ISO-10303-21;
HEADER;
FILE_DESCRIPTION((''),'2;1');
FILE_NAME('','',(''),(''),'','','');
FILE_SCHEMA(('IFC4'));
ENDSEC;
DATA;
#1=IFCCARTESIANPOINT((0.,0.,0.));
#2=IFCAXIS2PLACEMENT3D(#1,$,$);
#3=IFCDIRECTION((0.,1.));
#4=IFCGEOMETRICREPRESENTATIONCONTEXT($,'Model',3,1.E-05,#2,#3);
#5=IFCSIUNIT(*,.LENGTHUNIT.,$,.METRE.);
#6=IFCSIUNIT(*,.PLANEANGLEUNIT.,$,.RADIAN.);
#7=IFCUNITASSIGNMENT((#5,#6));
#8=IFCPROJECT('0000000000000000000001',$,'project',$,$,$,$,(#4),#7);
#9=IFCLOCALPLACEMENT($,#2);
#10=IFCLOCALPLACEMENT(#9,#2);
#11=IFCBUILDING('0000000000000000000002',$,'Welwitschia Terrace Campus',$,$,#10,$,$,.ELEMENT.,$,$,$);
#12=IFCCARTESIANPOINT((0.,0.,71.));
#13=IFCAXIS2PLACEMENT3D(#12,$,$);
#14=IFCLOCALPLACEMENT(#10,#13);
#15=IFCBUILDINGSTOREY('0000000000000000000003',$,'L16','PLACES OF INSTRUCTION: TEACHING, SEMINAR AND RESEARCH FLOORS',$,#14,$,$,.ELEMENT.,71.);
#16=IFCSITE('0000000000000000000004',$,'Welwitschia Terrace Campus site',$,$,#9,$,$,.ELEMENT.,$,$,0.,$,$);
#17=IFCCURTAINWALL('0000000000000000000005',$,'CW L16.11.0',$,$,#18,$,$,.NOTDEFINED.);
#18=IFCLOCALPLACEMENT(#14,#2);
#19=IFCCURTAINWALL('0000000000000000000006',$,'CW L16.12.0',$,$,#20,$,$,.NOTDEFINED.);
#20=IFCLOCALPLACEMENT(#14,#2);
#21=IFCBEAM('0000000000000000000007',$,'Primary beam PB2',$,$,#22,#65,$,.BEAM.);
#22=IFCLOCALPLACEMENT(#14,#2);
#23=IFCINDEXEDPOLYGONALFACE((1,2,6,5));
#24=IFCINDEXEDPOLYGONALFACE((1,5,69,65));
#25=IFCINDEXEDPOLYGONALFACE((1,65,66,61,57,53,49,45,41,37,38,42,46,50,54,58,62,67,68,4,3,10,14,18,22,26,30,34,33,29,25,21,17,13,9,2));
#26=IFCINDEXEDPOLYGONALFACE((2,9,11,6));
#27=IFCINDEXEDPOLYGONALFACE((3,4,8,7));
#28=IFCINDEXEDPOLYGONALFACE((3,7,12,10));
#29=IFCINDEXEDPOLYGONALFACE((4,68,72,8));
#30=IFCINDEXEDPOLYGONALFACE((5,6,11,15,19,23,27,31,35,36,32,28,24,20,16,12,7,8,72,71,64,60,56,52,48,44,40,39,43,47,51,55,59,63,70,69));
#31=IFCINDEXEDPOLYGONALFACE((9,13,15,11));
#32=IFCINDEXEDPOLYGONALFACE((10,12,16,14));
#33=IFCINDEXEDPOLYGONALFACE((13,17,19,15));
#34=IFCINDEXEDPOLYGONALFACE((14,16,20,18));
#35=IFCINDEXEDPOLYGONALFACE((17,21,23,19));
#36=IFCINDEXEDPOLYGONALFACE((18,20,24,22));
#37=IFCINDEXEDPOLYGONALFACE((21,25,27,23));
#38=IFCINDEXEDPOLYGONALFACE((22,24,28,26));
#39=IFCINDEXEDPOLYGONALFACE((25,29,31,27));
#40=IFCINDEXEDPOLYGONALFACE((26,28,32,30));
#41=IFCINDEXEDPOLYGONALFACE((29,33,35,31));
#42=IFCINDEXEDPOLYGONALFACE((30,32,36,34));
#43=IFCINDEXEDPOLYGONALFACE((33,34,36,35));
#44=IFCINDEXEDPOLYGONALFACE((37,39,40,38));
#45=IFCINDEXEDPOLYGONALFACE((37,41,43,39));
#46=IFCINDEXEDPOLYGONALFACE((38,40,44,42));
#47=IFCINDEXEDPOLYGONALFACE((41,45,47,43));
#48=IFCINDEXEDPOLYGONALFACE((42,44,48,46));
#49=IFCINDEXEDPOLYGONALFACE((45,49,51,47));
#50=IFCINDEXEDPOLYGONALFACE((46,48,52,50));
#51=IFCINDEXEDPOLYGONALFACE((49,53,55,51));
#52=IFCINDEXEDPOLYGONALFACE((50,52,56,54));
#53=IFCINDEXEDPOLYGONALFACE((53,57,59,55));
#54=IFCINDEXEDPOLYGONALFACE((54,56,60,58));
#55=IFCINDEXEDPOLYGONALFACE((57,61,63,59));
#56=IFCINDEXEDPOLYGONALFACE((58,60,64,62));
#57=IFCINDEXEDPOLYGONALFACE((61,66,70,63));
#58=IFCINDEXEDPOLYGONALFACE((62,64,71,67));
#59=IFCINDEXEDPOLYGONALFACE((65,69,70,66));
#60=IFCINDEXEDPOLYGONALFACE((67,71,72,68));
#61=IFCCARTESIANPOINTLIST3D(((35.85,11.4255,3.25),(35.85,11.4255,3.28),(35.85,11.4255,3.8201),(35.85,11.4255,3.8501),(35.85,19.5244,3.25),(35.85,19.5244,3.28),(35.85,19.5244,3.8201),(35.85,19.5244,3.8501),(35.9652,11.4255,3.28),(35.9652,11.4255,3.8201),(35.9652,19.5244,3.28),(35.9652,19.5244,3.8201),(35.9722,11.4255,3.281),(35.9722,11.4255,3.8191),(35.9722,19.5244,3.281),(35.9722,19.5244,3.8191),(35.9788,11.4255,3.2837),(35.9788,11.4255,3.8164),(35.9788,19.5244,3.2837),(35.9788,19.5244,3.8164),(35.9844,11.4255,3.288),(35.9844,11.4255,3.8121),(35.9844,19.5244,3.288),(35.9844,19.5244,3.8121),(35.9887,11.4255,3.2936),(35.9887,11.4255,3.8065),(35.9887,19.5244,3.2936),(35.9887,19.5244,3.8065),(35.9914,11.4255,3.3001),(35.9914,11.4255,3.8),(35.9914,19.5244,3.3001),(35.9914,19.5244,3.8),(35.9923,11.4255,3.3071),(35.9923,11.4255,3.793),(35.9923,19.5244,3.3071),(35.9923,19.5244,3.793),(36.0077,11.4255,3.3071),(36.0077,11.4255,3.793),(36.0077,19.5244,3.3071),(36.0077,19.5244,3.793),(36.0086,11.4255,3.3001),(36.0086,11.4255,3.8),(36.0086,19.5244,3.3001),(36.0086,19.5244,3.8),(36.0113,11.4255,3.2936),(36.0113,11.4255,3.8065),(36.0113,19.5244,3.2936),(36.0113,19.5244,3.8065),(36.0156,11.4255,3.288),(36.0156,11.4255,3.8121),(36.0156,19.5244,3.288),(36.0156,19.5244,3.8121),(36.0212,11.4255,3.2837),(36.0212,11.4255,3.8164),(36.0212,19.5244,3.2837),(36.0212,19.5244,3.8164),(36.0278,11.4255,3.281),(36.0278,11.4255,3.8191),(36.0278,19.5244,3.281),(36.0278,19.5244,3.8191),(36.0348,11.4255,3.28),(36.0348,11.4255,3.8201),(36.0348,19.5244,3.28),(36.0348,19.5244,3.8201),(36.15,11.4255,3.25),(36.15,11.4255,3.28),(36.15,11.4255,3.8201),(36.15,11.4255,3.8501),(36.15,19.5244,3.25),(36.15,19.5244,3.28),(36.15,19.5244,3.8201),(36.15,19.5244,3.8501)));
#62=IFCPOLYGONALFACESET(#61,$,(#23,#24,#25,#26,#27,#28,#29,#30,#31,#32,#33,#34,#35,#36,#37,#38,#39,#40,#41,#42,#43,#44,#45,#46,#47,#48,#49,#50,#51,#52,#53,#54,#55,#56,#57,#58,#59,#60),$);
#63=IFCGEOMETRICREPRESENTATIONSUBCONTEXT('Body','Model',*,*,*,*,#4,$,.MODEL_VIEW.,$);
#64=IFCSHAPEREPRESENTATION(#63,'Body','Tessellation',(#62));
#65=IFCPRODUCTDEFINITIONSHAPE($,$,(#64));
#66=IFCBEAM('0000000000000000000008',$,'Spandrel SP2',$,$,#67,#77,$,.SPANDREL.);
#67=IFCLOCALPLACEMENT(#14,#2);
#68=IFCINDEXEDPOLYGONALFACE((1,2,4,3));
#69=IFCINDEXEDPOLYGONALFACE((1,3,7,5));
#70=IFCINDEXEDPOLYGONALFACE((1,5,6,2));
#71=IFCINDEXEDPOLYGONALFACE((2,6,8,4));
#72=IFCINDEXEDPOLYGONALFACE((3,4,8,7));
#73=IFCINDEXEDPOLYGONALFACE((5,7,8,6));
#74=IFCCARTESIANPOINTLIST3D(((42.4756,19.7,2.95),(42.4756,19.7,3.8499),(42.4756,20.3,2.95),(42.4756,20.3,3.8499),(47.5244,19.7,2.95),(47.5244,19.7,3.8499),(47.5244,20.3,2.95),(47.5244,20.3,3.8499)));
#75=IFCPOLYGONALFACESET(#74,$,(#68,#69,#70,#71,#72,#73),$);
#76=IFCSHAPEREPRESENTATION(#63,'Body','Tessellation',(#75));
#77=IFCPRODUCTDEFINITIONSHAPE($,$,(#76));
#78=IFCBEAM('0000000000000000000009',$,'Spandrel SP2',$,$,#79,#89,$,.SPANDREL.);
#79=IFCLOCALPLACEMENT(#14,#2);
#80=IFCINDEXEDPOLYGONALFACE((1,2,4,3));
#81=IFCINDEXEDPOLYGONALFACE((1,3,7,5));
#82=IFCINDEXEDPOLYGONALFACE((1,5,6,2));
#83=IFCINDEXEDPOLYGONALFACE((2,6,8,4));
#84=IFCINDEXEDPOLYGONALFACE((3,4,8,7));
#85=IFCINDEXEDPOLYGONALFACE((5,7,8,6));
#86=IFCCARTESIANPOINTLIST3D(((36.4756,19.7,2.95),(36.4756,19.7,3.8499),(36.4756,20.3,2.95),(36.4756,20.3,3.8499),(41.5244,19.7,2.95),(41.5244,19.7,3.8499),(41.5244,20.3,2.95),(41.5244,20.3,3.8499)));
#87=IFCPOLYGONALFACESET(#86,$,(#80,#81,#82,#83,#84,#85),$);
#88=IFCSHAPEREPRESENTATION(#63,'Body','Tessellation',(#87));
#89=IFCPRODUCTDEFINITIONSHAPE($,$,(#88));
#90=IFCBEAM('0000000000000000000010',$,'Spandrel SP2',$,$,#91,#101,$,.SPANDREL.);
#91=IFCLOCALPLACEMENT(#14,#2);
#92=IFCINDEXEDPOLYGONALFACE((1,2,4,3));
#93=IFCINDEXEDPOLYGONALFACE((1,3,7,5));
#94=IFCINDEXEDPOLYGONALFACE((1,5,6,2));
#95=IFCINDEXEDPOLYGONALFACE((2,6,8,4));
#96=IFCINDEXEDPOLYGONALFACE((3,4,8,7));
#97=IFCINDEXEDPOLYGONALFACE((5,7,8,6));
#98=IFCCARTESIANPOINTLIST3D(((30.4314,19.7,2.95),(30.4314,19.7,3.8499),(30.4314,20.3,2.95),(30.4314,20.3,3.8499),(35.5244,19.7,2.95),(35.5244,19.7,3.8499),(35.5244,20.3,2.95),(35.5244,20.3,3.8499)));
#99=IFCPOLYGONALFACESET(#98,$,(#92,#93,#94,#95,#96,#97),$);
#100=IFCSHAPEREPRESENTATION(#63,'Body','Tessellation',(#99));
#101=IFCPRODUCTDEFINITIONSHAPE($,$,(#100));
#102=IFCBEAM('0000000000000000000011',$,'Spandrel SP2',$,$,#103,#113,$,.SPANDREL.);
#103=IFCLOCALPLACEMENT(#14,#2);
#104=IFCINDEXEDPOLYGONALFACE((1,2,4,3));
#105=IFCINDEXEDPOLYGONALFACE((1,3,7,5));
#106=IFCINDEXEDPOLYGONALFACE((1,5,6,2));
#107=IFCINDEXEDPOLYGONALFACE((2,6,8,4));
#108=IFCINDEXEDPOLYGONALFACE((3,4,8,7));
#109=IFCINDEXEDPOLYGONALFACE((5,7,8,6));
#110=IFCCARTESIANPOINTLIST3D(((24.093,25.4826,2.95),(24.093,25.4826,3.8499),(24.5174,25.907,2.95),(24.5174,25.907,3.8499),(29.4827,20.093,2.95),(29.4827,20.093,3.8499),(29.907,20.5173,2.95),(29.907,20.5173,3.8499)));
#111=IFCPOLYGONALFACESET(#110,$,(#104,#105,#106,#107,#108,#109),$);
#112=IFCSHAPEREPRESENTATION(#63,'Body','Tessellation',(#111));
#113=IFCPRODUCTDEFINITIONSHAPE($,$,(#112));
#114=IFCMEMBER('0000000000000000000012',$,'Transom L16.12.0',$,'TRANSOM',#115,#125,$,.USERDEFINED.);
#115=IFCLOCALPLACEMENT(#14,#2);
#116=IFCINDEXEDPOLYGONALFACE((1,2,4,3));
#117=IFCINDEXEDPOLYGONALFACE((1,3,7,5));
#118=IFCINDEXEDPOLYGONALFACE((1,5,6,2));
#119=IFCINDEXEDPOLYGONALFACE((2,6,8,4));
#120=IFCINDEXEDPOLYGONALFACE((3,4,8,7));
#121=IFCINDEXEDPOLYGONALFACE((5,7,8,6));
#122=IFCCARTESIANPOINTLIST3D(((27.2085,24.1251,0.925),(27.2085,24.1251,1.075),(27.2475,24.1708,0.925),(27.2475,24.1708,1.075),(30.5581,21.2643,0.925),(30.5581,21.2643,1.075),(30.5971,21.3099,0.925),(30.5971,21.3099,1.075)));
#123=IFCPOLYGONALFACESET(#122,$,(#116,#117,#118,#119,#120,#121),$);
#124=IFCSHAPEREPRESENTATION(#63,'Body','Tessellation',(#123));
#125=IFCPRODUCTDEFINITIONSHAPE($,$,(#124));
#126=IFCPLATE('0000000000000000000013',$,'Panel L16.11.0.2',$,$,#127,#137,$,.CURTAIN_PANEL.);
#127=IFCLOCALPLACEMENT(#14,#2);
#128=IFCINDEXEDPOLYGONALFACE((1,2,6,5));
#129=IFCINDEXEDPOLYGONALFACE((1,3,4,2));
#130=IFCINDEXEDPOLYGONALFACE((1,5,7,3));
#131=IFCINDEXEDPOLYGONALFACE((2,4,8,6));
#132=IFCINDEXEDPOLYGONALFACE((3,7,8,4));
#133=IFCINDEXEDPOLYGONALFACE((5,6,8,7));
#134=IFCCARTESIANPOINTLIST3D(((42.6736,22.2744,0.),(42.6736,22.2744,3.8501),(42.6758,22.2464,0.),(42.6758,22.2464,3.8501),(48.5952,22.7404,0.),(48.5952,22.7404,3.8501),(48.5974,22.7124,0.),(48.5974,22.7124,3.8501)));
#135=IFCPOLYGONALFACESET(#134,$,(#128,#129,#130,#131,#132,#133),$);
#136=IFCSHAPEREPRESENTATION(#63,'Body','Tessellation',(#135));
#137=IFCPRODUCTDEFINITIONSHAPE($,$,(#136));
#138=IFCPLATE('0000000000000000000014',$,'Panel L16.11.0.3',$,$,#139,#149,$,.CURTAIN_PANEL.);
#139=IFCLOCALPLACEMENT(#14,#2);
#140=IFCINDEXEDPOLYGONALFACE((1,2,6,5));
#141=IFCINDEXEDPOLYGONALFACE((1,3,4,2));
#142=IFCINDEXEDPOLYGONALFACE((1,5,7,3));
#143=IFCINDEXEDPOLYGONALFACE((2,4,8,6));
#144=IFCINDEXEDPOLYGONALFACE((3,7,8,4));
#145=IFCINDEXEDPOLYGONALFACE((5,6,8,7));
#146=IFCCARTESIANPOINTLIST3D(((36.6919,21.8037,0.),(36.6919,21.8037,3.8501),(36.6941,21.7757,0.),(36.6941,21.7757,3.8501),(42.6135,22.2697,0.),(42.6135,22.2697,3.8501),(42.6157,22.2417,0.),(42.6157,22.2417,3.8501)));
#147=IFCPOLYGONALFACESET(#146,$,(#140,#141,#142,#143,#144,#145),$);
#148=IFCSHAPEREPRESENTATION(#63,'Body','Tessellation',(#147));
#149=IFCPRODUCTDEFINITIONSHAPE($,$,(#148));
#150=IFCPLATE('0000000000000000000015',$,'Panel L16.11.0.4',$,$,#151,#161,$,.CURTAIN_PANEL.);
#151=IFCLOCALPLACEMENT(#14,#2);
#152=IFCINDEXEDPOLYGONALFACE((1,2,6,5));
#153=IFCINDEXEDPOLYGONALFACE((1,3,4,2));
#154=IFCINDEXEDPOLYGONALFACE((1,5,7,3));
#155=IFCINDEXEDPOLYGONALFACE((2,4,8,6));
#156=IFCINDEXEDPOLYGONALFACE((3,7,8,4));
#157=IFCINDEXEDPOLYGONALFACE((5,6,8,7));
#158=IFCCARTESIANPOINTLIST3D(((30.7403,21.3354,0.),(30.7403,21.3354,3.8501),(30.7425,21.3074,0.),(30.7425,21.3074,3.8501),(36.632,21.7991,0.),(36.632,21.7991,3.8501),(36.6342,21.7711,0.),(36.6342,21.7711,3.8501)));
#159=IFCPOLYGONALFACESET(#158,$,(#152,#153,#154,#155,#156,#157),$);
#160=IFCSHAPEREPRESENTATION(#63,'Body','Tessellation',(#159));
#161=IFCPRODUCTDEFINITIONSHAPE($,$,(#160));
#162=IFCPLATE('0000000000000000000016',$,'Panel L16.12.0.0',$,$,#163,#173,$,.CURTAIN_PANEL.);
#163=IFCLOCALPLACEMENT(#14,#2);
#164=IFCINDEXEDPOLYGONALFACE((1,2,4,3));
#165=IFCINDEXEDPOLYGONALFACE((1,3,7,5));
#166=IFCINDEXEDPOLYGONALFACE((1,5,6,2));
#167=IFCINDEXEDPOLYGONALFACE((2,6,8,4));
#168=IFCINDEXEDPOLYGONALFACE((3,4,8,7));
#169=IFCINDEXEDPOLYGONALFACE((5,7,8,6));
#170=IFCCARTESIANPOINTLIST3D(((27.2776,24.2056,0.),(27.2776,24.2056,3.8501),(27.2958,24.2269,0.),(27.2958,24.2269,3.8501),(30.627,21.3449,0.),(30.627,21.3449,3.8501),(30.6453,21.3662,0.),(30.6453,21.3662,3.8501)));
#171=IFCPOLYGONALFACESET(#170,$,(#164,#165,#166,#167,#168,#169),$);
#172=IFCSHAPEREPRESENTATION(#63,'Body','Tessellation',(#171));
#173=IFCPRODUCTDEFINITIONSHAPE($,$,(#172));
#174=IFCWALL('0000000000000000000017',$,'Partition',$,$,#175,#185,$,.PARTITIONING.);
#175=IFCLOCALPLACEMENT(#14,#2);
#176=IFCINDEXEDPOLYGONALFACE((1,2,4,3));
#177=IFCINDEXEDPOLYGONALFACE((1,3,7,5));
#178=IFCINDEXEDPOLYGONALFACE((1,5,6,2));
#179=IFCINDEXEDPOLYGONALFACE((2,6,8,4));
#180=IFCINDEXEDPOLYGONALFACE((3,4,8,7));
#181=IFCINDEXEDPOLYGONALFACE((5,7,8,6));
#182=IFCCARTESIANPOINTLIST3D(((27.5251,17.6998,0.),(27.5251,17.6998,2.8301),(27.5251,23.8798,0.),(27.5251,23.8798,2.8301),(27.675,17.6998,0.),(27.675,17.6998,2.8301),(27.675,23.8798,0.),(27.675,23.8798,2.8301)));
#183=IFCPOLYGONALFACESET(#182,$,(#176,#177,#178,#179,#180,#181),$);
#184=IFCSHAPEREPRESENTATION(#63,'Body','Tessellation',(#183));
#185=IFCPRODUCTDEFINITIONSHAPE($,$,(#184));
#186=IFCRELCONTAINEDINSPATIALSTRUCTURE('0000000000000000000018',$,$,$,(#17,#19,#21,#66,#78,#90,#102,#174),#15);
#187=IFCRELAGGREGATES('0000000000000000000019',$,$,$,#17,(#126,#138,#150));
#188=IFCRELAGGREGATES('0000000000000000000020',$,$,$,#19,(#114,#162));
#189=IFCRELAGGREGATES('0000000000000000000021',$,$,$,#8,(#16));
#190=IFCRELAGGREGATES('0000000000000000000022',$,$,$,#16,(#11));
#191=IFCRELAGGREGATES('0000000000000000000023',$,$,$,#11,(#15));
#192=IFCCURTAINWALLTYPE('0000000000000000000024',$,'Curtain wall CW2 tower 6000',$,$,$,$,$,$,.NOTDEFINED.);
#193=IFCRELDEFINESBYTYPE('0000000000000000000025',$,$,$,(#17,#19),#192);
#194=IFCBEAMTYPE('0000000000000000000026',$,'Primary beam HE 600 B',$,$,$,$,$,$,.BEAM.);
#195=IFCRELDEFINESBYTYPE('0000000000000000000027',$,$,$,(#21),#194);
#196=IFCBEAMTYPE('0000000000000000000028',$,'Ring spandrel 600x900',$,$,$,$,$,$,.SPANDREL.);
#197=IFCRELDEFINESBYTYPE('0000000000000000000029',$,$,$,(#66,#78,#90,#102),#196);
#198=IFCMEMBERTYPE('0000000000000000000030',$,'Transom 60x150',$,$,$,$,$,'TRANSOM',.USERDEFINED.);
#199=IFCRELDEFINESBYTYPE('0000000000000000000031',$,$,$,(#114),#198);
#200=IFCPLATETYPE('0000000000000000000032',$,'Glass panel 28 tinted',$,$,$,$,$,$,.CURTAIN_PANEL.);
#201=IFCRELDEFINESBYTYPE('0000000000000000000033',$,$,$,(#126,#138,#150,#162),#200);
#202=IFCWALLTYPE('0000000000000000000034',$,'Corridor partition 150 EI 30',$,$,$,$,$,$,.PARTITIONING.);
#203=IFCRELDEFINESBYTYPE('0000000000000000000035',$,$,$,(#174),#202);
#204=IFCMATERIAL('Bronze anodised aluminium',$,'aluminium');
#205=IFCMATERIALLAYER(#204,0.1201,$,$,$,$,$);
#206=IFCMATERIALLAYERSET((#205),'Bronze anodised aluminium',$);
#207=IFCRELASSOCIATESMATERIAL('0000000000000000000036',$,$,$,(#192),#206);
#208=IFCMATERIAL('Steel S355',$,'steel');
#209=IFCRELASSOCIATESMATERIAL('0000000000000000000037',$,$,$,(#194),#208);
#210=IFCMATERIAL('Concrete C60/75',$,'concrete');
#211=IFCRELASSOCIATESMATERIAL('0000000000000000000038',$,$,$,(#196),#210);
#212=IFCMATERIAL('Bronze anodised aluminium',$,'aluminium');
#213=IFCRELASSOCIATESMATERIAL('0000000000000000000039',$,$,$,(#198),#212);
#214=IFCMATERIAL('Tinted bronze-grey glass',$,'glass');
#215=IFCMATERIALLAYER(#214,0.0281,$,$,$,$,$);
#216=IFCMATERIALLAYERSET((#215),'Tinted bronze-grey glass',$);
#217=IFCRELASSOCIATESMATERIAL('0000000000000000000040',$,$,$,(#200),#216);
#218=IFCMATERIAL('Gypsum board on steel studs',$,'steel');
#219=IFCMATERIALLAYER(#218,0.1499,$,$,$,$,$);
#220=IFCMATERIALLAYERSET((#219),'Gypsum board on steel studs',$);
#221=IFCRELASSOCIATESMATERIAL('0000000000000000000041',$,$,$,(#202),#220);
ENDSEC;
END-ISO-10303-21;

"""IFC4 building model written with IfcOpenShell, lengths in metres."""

from ifc_helpers import new_model, si_unit, direction, frame, frame_2d, origin, origin_2d, place, context, subcontext, project, spatial, rectangle, i_section, extrude, material, layer, layer_set, material_profile, profile_set, type_object, element, aggregate, save


model = new_model("IFC4")

# Units and contexts
model_context = context("Model", 3, precision=1e-05, world=origin(), true_north=direction((0.0, 1.0)))
body_context = subcontext(model_context, "Body", "Model", "MODEL_VIEW")
ifc_project = project(units=[si_unit("LENGTHUNIT", "METRE"), si_unit("PLANEANGLEUNIT", "RADIAN")], contexts=[model_context])

# Site, building, storey
site_placement = place(None, origin())
site = spatial("IfcSite", under=ifc_project, at=site_placement, Name="Welwitschia Terrace Campus site", CompositionType="ELEMENT", RefElevation=0.0)
building_placement = place(site_placement, origin())
building = spatial("IfcBuilding", under=site, at=building_placement, Name="Welwitschia Terrace Campus", CompositionType="ELEMENT")
storey_placement = place(building_placement, frame((0.0, 0.0, 71.0)))
storey = spatial("IfcBuildingStorey", under=building, at=storey_placement, Name="L16", Description="PLACES OF INSTRUCTION: TEACHING, SEMINAR AND RESEARCH FLOORS", CompositionType="ELEMENT", Elevation=71.0)

# Curtain walls
ifc_material_1 = material(Name="Bronze anodised aluminium", Category="aluminium")
ifc_layer_1 = layer(ifc_material_1, 0.1201)
ifc_layer_set_1 = layer_set([ifc_layer_1], Name="Bronze anodised aluminium")
curtain_wall_type = type_object("IfcCurtainWallType", Name="Curtain wall CW2 tower 6000", PredefinedType="NOTDEFINED", material=ifc_layer_set_1)
curtain_wall_1_placement = place(storey_placement, origin())
curtain_wall_1 = element("IfcCurtainWall", 1, at=curtain_wall_1_placement, inside=storey, type_object=curtain_wall_type, Name="CW L16.11.0", PredefinedType="NOTDEFINED")
curtain_wall_2_placement = place(storey_placement, origin())
curtain_wall_2 = element("IfcCurtainWall", 2, at=curtain_wall_2_placement, inside=storey, type_object=curtain_wall_type, Name="CW L16.12.0", PredefinedType="NOTDEFINED")

# Beams
ifc_material_2 = material(Name="Steel S355", Category="steel")
ifc_material_profile_1 = material_profile(ifc_material_2, i_section(OverallWidth=0.3, OverallDepth=0.6001, WebThickness=0.0154, FlangeThickness=0.03, FilletRadius=0.0271, at=origin_2d()))
ifc_profile_set_1 = profile_set([ifc_material_profile_1], Name="Steel S355")
beam_type_1 = type_object("IfcBeamType", Name="Primary beam HE 600 B", PredefinedType="BEAM", material=ifc_profile_set_1)
for number, where, z_axis, x_axis, name in (
    (3, (36.0, 19.5244, 3.55), (0.0, -1.0, 0.0), (1.0, 0.0, 0.0), "Primary beam PB2"),
):
    element("IfcBeam", number, at=place(storey_placement, frame(where, z_axis=z_axis, x_axis=x_axis)), inside=storey, type_object=beam_type_1, Name=name, PredefinedType="BEAM", context=body_context, shape_type="SweptSolid", body=[
        extrude(i_section(OverallWidth=0.3, OverallDepth=0.6001, WebThickness=0.0154, FlangeThickness=0.03, FilletRadius=0.0271, at=origin_2d()), origin(), (0.0, 0.0, 1.0), 8.0989),
    ])
ifc_material_3 = material(Name="Concrete C60/75", Category="concrete")
ifc_material_profile_2 = material_profile(ifc_material_3, rectangle(XDim=0.6001, YDim=0.8999, at=origin_2d()))
ifc_profile_set_2 = profile_set([ifc_material_profile_2], Name="Concrete C60/75")
beam_type_2 = type_object("IfcBeamType", Name="Ring spandrel 600x900", PredefinedType="SPANDREL", material=ifc_profile_set_2)
for number, where, z_axis, x_axis, name in (
    (4, (47.5244, 20.0, 3.3999), (-1.0, 0.0, 0.0), (0.0, -1.0, 0.0), "Spandrel SP2"),
    (5, (41.5244, 20.0, 3.3999), (-1.0, 0.0, 0.0), (0.0, -1.0, 0.0), "Spandrel SP2"),
):
    element("IfcBeam", number, at=place(storey_placement, frame(where, z_axis=z_axis, x_axis=x_axis)), inside=storey, type_object=beam_type_2, Name=name, PredefinedType="SPANDREL", context=body_context, shape_type="SweptSolid", body=[
        extrude(rectangle(XDim=0.6001, YDim=0.8999, at=origin_2d()), origin(), (0.0, 0.0, 1.0), 5.0488),
    ])
beam_1_placement = place(storey_placement, frame((35.5244, 20.0, 3.3999), z_axis=(-1.0, 0.0, 0.0), x_axis=(0.0, -1.0, 0.0)))
element("IfcBeam", 6, at=beam_1_placement, inside=storey, type_object=beam_type_2, Name="Spandrel SP2", PredefinedType="SPANDREL", context=body_context, shape_type="SweptSolid", body=[
    extrude(rectangle(XDim=0.6001, YDim=0.8999, at=origin_2d()), origin(), (0.0, 0.0, 1.0), 5.093),
])
beam_2_placement = place(storey_placement, frame((29.6948, 20.3052, 3.3999), z_axis=(-0.707107, 0.707107, 0.0), x_axis=(-0.707107, -0.707107, 0.0)))
element("IfcBeam", 7, at=beam_2_placement, inside=storey, type_object=beam_type_2, Name="Spandrel SP2", PredefinedType="SPANDREL", context=body_context, shape_type="SweptSolid", body=[
    extrude(rectangle(XDim=0.6001, YDim=0.8999, at=origin_2d()), origin(), (0.0, 0.0, 1.0), 7.6221),
])

# Member
ifc_material_4 = material(Name="Bronze anodised aluminium", Category="aluminium")
ifc_material_profile_3 = material_profile(ifc_material_4, rectangle(XDim=0.0601, YDim=0.1499, at=origin_2d()))
ifc_profile_set_3 = profile_set([ifc_material_profile_3], Name="Bronze anodised aluminium")
member_type_1 = type_object("IfcMemberType", Name="Transom 60x150", ElementType="TRANSOM", PredefinedType="USERDEFINED", material=ifc_profile_set_3)
member_1_placement = place(storey_placement, frame((30.5776, 21.2871, 1.0), z_axis=(-0.760406, 0.649448, 0.0), x_axis=(-0.649448, -0.760406, 0.0)))
member_1 = element("IfcMember", 8, at=member_1_placement, type_object=member_type_1, Name="Transom L16.12.0", ObjectType="TRANSOM", PredefinedType="USERDEFINED", context=body_context, shape_type="SweptSolid", body=[
    extrude(rectangle(XDim=0.0601, YDim=0.1499, at=origin_2d()), origin(), (0.0, 0.0, 1.0), 4.405),
])

# Plates
ifc_material_5 = material(Name="Tinted bronze-grey glass", Category="glass")
ifc_layer_2 = layer(ifc_material_5, 0.0281)
ifc_layer_set_2 = layer_set([ifc_layer_2], Name="Tinted bronze-grey glass")
plate_type = type_object("IfcPlateType", Name="Glass panel 28 tinted", PredefinedType="CURTAIN_PANEL", material=ifc_layer_set_2)
plate_1_placement = place(storey_placement, frame((45.6355, 22.4934, 0.0), z_axis=(0.0, 0.0, 1.0), x_axis=(-0.996917, -0.078459, 0.0)))
plate_1 = element("IfcPlate", 9, at=plate_1_placement, type_object=plate_type, Name="Panel L16.11.0.2", PredefinedType="CURTAIN_PANEL", context=body_context, shape_type="SweptSolid", body=[
    extrude(rectangle(XDim=5.9399, YDim=0.0281, at=origin_2d()), origin(), (0.0, 0.0, 1.0), 3.8501),
])
plate_2_placement = place(storey_placement, frame((39.6538, 22.0227, 0.0), z_axis=(0.0, 0.0, 1.0), x_axis=(-0.996917, -0.078459, 0.0)))
plate_2 = element("IfcPlate", 10, at=plate_2_placement, type_object=plate_type, Name="Panel L16.11.0.3", PredefinedType="CURTAIN_PANEL", context=body_context, shape_type="SweptSolid", body=[
    extrude(rectangle(XDim=5.9399, YDim=0.0281, at=origin_2d()), origin(), (0.0, 0.0, 1.0), 3.8501),
])
plate_3_placement = place(storey_placement, frame((33.6873, 21.5532, 0.0), z_axis=(0.0, 0.0, 1.0), x_axis=(-0.996917, -0.078459, 0.0)))
plate_3 = element("IfcPlate", 11, at=plate_3_placement, type_object=plate_type, Name="Panel L16.11.0.4", PredefinedType="CURTAIN_PANEL", context=body_context, shape_type="SweptSolid", body=[
    extrude(rectangle(XDim=5.9099, YDim=0.0281, at=origin_2d()), origin(), (0.0, 0.0, 1.0), 3.8501),
])
aggregate(curtain_wall_1, [plate_1, plate_2, plate_3])
plate_4_placement = place(storey_placement, frame((28.9614, 22.7859, 0.0), z_axis=(0.0, 0.0, 1.0), x_axis=(-0.760406, 0.649448, 0.0)))
plate_4 = element("IfcPlate", 12, at=plate_4_placement, type_object=plate_type, Name="Panel L16.12.0.0", PredefinedType="CURTAIN_PANEL", context=body_context, shape_type="SweptSolid", body=[
    extrude(rectangle(XDim=4.4048, YDim=0.0281, at=origin_2d()), origin(), (0.0, 0.0, 1.0), 3.8501),
])
aggregate(curtain_wall_2, [member_1, plate_4])

# Wall
ifc_material_6 = material(Name="Gypsum board on steel studs", Category="steel")
ifc_layer_3 = layer(ifc_material_6, 0.1499)
ifc_layer_set_3 = layer_set([ifc_layer_3], Name="Gypsum board on steel studs")
wall_type = type_object("IfcWallType", Name="Corridor partition 150 EI 30", PredefinedType="PARTITIONING", material=ifc_layer_set_3)
wall_1_placement = place(storey_placement, frame((27.6001, 17.7, 0.0), z_axis=(0.0, 0.0, 1.0), x_axis=(0.0, 1.0, 0.0)))
element("IfcWall", 13, at=wall_1_placement, inside=storey, type_object=wall_type, Name="Partition", PredefinedType="PARTITIONING", context=body_context, shape_type="SweptSolid", body=[
    extrude(rectangle(XDim=6.1799, YDim=0.1499, at=frame_2d((3.0898, 0.0))), origin(), (0.0, 0.0, 1.0), 2.8301),
])

save(model, "model.ifc")
